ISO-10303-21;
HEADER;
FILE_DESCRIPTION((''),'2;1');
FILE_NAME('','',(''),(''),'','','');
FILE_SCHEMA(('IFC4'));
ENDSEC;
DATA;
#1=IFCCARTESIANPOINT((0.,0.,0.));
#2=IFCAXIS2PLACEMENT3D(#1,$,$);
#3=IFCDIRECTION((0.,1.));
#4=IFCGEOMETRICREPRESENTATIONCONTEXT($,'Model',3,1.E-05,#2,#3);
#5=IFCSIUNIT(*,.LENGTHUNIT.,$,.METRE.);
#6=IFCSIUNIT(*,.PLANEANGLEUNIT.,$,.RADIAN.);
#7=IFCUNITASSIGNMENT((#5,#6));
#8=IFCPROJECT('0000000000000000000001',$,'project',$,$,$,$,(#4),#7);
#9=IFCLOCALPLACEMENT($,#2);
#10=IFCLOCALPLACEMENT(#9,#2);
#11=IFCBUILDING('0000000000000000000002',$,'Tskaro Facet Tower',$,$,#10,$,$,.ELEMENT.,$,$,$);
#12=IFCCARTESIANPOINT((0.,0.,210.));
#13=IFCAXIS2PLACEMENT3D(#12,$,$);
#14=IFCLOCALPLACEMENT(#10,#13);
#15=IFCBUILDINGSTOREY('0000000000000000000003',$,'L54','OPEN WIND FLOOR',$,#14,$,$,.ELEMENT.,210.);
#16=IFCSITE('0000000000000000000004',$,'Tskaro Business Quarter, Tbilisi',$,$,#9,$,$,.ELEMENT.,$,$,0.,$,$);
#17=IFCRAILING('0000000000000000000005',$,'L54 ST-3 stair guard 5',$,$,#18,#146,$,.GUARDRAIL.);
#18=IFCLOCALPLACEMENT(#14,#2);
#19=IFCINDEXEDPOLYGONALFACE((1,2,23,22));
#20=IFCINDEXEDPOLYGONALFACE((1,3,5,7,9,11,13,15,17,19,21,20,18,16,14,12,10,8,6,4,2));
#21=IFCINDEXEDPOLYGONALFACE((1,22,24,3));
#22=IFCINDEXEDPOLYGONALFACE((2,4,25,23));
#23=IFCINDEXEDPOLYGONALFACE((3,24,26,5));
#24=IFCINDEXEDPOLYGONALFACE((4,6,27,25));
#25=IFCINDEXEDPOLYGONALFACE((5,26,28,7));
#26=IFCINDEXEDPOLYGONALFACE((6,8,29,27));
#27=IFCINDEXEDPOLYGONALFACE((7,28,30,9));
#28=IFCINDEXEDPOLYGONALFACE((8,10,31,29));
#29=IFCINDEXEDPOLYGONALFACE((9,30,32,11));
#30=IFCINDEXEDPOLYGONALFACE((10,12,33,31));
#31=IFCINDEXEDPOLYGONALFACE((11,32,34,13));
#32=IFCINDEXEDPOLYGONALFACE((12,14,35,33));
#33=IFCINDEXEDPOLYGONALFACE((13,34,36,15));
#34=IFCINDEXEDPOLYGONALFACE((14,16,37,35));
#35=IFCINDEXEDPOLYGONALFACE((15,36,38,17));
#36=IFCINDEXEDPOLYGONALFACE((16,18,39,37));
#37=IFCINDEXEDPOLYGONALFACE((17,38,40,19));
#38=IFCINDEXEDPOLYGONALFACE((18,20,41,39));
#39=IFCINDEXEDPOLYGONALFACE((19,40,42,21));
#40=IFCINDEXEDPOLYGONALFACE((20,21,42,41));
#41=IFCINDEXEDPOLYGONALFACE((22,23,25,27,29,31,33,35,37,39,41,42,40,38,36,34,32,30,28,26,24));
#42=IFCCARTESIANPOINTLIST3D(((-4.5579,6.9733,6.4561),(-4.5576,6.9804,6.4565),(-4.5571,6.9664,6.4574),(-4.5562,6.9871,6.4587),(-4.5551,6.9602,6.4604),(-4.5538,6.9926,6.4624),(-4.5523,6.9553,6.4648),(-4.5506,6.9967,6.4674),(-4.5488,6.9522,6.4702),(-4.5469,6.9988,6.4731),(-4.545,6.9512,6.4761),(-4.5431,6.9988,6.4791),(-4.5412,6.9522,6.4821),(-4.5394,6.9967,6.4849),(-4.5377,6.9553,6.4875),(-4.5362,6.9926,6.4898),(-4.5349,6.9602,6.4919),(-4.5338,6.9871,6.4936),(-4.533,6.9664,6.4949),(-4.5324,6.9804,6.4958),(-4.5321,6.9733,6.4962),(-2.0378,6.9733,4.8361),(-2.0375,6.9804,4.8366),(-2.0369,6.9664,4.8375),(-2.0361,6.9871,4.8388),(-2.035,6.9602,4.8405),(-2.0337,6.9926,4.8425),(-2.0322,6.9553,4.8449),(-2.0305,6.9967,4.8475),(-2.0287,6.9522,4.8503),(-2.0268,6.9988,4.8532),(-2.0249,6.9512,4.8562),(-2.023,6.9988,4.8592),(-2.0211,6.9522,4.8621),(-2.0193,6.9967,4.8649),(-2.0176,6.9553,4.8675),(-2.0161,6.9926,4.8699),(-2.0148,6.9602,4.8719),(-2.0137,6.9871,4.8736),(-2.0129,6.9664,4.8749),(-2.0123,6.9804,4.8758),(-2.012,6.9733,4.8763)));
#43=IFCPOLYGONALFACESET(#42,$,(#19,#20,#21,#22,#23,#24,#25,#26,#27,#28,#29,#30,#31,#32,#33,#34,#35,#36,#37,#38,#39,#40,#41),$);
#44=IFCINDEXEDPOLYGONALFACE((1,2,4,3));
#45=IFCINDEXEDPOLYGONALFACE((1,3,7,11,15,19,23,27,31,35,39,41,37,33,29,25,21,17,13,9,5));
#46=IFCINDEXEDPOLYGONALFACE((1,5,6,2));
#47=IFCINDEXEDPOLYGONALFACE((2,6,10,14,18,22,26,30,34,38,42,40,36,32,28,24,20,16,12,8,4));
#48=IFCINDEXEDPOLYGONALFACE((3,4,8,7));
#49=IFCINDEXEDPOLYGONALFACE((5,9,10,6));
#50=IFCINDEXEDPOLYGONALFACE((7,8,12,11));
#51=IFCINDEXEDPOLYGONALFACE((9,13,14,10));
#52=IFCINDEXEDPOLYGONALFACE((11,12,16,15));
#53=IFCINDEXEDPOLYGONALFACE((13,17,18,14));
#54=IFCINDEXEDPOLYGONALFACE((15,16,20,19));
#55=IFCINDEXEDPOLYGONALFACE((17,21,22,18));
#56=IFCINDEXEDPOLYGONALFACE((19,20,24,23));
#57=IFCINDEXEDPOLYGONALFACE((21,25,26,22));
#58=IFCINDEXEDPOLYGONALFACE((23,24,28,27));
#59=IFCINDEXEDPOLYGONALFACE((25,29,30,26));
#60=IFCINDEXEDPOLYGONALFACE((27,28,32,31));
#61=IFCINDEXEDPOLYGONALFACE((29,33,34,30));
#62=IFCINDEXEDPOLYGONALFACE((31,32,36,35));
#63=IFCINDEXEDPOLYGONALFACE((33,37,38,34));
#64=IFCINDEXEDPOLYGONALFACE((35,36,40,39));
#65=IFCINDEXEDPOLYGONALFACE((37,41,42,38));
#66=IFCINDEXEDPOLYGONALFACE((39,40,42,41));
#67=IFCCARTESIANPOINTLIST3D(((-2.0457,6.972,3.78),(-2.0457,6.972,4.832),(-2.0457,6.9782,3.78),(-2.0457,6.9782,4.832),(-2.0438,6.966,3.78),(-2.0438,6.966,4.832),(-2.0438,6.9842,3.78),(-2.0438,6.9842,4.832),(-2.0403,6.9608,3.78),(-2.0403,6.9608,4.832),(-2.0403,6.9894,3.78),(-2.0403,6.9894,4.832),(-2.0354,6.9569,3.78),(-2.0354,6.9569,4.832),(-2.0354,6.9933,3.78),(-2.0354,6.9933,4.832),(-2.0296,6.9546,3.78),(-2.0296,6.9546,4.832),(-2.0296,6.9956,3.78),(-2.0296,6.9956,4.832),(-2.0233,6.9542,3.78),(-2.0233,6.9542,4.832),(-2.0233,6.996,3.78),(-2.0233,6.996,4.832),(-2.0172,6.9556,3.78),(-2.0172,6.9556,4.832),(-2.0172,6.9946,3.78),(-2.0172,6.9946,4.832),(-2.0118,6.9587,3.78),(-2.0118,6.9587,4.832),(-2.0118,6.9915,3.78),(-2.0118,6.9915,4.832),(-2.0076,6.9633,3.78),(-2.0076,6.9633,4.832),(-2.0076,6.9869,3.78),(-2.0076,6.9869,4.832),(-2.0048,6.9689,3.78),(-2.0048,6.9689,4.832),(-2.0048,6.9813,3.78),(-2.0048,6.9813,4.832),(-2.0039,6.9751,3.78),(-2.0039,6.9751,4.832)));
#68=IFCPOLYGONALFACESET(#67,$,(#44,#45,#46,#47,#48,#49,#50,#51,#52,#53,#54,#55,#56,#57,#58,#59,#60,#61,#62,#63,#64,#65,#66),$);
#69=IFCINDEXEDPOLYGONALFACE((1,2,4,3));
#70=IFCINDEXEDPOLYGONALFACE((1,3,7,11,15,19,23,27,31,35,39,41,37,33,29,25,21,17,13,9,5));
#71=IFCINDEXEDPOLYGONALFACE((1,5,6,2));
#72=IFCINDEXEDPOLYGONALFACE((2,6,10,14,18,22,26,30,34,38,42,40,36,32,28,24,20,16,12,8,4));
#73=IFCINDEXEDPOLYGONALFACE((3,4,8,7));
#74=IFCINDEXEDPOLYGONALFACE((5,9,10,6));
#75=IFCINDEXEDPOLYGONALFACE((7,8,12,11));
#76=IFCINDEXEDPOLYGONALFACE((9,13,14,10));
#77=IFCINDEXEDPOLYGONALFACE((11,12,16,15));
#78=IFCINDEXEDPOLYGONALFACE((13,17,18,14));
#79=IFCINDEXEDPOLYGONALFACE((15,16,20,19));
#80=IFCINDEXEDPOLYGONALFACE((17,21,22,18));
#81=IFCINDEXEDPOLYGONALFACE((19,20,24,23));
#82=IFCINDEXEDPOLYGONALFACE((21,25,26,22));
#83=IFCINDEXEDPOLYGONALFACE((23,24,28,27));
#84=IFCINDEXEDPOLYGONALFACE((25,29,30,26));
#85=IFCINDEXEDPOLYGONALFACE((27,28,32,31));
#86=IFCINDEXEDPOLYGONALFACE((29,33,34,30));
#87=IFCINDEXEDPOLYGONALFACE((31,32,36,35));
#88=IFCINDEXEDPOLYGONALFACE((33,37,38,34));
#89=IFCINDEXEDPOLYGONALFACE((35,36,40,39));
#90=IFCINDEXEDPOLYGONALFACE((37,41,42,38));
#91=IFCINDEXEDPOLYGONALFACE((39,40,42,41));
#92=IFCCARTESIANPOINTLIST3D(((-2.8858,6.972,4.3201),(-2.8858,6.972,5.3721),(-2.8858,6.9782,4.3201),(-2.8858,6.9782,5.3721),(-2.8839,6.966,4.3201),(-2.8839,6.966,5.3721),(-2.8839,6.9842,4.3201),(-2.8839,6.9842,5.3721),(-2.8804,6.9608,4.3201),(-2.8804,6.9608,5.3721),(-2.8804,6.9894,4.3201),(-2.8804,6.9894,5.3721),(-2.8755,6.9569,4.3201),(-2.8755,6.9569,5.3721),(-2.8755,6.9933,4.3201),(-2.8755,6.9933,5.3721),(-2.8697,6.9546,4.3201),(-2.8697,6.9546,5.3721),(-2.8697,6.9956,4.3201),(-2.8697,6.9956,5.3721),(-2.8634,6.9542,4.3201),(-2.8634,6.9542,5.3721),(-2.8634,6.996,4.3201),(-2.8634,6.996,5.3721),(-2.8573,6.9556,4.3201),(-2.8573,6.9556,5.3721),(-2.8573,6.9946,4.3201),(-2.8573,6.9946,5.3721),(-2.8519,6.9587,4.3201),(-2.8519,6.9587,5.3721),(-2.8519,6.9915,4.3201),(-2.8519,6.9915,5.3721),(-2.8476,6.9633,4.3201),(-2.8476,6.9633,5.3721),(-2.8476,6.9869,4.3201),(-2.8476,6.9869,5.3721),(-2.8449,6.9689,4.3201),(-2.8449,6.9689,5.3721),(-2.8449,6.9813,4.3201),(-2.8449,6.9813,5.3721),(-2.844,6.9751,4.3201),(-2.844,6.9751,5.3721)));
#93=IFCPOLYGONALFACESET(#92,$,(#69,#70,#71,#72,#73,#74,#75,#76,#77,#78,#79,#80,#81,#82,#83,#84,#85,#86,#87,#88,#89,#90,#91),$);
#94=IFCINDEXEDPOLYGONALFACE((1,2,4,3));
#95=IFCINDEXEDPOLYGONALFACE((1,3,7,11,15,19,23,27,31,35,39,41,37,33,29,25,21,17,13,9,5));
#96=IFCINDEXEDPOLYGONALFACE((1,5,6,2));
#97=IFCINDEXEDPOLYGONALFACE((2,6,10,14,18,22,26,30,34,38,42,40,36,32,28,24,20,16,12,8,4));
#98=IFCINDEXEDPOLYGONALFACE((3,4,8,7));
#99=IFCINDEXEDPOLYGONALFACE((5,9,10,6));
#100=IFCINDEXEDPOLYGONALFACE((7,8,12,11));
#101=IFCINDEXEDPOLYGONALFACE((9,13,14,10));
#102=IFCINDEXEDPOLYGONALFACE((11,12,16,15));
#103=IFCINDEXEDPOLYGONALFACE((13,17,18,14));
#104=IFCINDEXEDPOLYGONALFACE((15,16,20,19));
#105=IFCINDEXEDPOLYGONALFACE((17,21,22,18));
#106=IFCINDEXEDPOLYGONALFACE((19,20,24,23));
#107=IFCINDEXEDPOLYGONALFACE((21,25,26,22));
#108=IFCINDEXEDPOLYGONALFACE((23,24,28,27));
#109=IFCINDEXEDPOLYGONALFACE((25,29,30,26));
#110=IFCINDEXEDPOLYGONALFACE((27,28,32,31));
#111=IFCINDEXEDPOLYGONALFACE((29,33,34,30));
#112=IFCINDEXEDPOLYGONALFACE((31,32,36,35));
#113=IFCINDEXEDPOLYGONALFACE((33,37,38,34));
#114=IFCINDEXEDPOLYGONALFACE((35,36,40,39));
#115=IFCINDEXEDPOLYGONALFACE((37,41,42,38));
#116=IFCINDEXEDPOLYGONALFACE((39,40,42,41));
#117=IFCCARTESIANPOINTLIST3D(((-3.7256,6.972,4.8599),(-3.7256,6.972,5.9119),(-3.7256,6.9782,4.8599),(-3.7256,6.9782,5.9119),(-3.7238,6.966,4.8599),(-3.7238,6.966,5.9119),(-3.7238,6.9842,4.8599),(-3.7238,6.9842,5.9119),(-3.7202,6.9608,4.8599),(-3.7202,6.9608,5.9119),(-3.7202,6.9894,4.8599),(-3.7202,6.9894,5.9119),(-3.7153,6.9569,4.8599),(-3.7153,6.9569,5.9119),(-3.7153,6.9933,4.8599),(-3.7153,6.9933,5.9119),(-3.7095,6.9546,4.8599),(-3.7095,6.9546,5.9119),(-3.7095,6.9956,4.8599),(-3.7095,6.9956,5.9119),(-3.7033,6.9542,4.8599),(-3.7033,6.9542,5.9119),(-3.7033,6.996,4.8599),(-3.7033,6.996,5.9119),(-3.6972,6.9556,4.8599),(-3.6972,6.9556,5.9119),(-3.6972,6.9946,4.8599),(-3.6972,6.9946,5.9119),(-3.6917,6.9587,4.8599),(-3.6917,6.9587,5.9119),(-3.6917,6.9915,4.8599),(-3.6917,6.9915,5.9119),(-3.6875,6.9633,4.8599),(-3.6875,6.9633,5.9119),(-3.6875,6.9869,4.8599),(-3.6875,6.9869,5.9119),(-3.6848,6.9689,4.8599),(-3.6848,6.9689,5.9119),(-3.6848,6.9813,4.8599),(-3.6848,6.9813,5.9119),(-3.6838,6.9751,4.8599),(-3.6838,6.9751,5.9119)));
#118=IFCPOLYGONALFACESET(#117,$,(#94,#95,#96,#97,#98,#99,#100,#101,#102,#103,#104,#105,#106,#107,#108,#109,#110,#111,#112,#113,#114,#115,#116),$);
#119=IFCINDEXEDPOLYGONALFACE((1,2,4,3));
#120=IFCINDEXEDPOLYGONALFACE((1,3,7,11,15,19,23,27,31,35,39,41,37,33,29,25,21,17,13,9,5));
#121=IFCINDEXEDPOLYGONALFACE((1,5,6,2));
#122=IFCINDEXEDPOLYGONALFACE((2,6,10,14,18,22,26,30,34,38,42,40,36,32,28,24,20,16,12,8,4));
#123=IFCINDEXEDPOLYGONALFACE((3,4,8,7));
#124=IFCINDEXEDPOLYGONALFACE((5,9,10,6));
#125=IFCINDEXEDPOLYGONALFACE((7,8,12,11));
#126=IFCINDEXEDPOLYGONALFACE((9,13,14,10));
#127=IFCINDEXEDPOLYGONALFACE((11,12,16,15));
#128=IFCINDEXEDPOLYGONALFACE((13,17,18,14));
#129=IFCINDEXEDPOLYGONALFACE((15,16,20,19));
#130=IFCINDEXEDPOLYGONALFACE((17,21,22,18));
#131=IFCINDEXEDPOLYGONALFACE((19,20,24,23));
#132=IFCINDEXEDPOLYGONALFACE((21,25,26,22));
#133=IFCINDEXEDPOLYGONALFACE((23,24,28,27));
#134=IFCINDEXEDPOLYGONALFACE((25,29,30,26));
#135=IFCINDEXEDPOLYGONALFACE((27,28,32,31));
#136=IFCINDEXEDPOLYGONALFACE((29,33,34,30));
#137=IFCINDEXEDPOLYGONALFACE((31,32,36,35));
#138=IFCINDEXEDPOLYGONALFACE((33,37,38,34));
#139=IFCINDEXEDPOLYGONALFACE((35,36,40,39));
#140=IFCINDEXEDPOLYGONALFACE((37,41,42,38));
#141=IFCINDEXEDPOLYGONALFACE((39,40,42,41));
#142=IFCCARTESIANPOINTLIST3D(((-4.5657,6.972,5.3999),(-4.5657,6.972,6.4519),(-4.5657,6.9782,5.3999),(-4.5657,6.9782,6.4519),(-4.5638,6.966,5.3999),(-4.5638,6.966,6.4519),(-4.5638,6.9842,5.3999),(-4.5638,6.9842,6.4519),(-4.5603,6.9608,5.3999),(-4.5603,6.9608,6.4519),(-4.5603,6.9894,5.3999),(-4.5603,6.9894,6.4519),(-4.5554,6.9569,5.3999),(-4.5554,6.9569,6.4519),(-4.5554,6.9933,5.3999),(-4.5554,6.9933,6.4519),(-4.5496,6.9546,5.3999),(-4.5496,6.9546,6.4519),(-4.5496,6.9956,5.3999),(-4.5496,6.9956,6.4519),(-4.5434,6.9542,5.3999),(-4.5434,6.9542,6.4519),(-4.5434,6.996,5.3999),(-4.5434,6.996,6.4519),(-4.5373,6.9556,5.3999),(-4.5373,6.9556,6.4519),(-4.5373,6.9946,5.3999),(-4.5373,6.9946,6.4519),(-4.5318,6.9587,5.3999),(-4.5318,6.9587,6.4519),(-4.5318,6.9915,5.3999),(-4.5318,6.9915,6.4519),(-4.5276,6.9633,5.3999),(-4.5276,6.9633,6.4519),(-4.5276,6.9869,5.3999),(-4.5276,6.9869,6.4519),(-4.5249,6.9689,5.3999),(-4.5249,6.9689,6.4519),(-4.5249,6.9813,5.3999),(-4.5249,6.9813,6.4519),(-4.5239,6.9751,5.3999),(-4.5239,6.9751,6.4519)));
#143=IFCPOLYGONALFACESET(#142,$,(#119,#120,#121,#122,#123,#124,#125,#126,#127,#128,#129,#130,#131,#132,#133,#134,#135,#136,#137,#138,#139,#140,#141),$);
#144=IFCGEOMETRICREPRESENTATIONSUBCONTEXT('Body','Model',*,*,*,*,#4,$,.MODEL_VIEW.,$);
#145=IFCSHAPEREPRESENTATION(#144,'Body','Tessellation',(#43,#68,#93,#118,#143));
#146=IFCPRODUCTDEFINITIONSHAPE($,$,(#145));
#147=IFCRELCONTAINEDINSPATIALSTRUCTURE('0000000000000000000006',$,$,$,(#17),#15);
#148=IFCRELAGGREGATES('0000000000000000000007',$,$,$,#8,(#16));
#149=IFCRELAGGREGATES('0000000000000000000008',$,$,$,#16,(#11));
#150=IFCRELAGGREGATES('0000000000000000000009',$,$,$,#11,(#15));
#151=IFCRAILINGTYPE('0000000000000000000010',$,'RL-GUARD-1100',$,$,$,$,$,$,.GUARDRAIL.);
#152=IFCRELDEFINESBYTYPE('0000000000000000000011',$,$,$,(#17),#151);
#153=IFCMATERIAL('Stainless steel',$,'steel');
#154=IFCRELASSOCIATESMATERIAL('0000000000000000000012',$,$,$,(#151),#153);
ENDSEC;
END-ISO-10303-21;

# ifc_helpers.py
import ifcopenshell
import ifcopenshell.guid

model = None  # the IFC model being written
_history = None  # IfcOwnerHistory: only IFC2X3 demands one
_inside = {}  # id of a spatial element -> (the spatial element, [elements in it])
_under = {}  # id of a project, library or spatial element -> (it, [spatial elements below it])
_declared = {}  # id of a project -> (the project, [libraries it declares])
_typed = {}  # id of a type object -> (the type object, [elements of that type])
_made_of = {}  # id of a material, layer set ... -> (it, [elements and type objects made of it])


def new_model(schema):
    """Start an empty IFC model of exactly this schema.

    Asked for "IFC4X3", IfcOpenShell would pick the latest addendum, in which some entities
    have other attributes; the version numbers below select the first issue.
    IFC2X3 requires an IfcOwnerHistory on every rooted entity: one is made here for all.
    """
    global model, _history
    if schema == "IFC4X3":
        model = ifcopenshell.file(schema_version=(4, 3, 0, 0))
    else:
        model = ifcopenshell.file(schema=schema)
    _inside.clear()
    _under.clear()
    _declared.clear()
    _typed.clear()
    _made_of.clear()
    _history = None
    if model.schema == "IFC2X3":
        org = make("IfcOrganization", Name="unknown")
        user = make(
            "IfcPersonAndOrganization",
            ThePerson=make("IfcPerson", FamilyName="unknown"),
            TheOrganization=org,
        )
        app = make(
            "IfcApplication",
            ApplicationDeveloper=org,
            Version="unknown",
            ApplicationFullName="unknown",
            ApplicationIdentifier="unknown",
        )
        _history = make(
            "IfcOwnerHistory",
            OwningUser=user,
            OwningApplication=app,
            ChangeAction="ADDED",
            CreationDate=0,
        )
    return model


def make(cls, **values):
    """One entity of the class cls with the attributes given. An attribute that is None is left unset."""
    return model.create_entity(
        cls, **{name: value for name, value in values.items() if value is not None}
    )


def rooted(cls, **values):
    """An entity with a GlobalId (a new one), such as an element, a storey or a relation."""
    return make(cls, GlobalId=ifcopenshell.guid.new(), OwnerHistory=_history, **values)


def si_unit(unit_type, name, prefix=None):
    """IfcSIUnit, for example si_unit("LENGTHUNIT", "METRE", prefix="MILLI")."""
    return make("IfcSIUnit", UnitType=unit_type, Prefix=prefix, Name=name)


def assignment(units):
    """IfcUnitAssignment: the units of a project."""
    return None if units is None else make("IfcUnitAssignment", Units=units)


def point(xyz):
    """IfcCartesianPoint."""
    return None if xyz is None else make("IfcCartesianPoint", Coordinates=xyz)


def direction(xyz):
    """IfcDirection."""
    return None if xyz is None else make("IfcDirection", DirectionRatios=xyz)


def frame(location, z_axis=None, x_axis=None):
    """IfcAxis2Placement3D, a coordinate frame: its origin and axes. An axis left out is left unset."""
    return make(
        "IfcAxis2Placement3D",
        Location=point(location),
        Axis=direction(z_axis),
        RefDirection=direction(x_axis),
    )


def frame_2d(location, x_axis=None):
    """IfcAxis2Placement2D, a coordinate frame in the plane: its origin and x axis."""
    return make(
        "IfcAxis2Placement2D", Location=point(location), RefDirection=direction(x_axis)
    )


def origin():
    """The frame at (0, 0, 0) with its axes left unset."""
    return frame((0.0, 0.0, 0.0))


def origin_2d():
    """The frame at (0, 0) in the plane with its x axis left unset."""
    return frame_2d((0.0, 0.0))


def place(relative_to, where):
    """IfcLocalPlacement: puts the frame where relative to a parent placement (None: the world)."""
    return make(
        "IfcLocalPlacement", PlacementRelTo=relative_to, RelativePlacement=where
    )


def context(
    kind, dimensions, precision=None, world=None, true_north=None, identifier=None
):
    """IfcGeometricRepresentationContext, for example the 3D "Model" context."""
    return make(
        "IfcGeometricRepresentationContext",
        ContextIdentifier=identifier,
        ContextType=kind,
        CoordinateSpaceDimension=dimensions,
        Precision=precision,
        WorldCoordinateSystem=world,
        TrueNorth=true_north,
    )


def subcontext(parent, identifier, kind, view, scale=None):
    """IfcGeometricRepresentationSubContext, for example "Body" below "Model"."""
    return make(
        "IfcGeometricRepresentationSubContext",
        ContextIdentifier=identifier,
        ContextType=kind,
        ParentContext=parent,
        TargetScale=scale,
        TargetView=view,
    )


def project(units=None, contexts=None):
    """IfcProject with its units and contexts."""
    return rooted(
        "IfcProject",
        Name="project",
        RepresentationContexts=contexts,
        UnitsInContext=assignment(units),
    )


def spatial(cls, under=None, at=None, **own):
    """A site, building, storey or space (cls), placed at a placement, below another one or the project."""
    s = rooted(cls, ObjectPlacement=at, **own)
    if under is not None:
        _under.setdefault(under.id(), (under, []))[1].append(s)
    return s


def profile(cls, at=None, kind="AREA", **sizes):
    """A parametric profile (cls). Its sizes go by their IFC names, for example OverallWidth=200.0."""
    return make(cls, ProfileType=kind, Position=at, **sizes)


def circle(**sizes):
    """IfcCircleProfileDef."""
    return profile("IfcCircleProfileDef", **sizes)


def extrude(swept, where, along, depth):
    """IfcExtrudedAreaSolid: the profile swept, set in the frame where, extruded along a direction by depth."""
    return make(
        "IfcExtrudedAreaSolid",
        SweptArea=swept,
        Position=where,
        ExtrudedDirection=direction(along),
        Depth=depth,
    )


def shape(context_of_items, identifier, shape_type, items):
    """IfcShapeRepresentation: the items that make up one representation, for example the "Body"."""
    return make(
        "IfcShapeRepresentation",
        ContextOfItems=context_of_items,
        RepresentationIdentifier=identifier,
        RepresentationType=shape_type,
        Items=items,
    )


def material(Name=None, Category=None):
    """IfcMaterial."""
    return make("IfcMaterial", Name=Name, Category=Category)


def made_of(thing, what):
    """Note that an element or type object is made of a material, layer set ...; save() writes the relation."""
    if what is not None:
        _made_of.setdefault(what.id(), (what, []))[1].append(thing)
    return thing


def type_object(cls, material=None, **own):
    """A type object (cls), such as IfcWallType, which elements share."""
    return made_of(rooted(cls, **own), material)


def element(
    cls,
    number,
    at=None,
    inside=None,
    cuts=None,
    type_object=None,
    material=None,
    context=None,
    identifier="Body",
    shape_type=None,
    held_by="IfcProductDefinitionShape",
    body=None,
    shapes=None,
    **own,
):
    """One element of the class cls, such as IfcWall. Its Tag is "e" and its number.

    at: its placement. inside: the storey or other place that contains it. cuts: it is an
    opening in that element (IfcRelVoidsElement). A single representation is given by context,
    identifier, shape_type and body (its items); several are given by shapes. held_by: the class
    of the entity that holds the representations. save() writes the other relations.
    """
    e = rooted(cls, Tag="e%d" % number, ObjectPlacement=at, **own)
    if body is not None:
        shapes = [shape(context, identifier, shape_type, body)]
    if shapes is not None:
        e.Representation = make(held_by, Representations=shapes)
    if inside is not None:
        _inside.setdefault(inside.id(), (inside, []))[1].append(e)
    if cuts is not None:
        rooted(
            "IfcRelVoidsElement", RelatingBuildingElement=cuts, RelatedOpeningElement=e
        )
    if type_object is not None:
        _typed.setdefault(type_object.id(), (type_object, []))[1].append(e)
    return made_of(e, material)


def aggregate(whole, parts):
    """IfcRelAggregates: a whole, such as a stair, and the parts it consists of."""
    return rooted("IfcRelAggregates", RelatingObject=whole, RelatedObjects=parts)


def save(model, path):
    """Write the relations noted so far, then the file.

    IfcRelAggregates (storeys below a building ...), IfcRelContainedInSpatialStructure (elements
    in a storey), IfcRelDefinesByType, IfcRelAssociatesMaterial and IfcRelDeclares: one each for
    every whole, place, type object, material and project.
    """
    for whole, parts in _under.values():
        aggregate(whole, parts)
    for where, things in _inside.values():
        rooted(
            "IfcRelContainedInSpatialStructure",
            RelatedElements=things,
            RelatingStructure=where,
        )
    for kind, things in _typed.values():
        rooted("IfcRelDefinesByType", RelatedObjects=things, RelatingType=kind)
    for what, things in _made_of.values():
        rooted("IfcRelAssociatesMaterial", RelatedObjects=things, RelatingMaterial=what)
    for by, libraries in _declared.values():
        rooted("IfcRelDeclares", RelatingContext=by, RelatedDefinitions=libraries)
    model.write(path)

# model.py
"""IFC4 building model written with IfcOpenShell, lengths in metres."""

from ifc_helpers import new_model, si_unit, direction, frame, origin, origin_2d, place, context, subcontext, project, spatial, circle, extrude, material, type_object, element, save


model = new_model("IFC4")

# Units and contexts
model_context = context("Model", 3, precision=1e-05, world=origin(), true_north=direction((0.0, 1.0)))
body_context = subcontext(model_context, "Body", "Model", "MODEL_VIEW")
ifc_project = project(units=[si_unit("LENGTHUNIT", "METRE"), si_unit("PLANEANGLEUNIT", "RADIAN")], contexts=[model_context])

# Site, building, storey
site_placement = place(None, origin())
site = spatial("IfcSite", under=ifc_project, at=site_placement, Name="Tskaro Business Quarter, Tbilisi", CompositionType="ELEMENT", RefElevation=0.0)
building_placement = place(site_placement, origin())
building = spatial("IfcBuilding", under=site, at=building_placement, Name="Tskaro Facet Tower", CompositionType="ELEMENT")
storey_placement = place(building_placement, frame((0.0, 0.0, 210.0)))
storey = spatial("IfcBuildingStorey", under=building, at=storey_placement, Name="L54", Description="OPEN WIND FLOOR", CompositionType="ELEMENT", Elevation=210.0)

# Railing
ifc_material_1 = material(Name="Stainless steel", Category="steel")
railing_type_1 = type_object("IfcRailingType", Name="RL-GUARD-1100", PredefinedType="GUARDRAIL", material=ifc_material_1)
railing_1_placement = place(storey_placement, frame((-2.0249, 6.9751, 3.78)))
element("IfcRailing", 1, at=railing_1_placement, inside=storey, type_object=railing_type_1, Name="L54 ST-3 stair guard 5", PredefinedType="GUARDRAIL", context=body_context, shape_type="SweptSolid", body=[
    extrude(circle(Radius=0.0239, at=origin_2d()), frame((0.0, 0.0, 1.0762), z_axis=(-0.8412, 0.0, 0.540725), x_axis=(0.0, -1.0, 0.0)), (0.0, 0.0, 1.0), 2.9958),
    extrude(circle(Radius=0.021, at=origin_2d()), origin(), (0.0, 0.0, 1.0), 1.052),
    extrude(circle(Radius=0.021, at=origin_2d()), frame((-0.8401, 0.0, 0.54)), (0.0, 0.0, 1.0), 1.052),
    extrude(circle(Radius=0.021, at=origin_2d()), frame((-1.6799, 0.0, 1.0798)), (0.0, 0.0, 1.0), 1.052),
    extrude(circle(Radius=0.021, at=origin_2d()), frame((-2.52, 0.0, 1.6199)), (0.0, 0.0, 1.0), 1.052),
])

save(model, "model.ifc")
